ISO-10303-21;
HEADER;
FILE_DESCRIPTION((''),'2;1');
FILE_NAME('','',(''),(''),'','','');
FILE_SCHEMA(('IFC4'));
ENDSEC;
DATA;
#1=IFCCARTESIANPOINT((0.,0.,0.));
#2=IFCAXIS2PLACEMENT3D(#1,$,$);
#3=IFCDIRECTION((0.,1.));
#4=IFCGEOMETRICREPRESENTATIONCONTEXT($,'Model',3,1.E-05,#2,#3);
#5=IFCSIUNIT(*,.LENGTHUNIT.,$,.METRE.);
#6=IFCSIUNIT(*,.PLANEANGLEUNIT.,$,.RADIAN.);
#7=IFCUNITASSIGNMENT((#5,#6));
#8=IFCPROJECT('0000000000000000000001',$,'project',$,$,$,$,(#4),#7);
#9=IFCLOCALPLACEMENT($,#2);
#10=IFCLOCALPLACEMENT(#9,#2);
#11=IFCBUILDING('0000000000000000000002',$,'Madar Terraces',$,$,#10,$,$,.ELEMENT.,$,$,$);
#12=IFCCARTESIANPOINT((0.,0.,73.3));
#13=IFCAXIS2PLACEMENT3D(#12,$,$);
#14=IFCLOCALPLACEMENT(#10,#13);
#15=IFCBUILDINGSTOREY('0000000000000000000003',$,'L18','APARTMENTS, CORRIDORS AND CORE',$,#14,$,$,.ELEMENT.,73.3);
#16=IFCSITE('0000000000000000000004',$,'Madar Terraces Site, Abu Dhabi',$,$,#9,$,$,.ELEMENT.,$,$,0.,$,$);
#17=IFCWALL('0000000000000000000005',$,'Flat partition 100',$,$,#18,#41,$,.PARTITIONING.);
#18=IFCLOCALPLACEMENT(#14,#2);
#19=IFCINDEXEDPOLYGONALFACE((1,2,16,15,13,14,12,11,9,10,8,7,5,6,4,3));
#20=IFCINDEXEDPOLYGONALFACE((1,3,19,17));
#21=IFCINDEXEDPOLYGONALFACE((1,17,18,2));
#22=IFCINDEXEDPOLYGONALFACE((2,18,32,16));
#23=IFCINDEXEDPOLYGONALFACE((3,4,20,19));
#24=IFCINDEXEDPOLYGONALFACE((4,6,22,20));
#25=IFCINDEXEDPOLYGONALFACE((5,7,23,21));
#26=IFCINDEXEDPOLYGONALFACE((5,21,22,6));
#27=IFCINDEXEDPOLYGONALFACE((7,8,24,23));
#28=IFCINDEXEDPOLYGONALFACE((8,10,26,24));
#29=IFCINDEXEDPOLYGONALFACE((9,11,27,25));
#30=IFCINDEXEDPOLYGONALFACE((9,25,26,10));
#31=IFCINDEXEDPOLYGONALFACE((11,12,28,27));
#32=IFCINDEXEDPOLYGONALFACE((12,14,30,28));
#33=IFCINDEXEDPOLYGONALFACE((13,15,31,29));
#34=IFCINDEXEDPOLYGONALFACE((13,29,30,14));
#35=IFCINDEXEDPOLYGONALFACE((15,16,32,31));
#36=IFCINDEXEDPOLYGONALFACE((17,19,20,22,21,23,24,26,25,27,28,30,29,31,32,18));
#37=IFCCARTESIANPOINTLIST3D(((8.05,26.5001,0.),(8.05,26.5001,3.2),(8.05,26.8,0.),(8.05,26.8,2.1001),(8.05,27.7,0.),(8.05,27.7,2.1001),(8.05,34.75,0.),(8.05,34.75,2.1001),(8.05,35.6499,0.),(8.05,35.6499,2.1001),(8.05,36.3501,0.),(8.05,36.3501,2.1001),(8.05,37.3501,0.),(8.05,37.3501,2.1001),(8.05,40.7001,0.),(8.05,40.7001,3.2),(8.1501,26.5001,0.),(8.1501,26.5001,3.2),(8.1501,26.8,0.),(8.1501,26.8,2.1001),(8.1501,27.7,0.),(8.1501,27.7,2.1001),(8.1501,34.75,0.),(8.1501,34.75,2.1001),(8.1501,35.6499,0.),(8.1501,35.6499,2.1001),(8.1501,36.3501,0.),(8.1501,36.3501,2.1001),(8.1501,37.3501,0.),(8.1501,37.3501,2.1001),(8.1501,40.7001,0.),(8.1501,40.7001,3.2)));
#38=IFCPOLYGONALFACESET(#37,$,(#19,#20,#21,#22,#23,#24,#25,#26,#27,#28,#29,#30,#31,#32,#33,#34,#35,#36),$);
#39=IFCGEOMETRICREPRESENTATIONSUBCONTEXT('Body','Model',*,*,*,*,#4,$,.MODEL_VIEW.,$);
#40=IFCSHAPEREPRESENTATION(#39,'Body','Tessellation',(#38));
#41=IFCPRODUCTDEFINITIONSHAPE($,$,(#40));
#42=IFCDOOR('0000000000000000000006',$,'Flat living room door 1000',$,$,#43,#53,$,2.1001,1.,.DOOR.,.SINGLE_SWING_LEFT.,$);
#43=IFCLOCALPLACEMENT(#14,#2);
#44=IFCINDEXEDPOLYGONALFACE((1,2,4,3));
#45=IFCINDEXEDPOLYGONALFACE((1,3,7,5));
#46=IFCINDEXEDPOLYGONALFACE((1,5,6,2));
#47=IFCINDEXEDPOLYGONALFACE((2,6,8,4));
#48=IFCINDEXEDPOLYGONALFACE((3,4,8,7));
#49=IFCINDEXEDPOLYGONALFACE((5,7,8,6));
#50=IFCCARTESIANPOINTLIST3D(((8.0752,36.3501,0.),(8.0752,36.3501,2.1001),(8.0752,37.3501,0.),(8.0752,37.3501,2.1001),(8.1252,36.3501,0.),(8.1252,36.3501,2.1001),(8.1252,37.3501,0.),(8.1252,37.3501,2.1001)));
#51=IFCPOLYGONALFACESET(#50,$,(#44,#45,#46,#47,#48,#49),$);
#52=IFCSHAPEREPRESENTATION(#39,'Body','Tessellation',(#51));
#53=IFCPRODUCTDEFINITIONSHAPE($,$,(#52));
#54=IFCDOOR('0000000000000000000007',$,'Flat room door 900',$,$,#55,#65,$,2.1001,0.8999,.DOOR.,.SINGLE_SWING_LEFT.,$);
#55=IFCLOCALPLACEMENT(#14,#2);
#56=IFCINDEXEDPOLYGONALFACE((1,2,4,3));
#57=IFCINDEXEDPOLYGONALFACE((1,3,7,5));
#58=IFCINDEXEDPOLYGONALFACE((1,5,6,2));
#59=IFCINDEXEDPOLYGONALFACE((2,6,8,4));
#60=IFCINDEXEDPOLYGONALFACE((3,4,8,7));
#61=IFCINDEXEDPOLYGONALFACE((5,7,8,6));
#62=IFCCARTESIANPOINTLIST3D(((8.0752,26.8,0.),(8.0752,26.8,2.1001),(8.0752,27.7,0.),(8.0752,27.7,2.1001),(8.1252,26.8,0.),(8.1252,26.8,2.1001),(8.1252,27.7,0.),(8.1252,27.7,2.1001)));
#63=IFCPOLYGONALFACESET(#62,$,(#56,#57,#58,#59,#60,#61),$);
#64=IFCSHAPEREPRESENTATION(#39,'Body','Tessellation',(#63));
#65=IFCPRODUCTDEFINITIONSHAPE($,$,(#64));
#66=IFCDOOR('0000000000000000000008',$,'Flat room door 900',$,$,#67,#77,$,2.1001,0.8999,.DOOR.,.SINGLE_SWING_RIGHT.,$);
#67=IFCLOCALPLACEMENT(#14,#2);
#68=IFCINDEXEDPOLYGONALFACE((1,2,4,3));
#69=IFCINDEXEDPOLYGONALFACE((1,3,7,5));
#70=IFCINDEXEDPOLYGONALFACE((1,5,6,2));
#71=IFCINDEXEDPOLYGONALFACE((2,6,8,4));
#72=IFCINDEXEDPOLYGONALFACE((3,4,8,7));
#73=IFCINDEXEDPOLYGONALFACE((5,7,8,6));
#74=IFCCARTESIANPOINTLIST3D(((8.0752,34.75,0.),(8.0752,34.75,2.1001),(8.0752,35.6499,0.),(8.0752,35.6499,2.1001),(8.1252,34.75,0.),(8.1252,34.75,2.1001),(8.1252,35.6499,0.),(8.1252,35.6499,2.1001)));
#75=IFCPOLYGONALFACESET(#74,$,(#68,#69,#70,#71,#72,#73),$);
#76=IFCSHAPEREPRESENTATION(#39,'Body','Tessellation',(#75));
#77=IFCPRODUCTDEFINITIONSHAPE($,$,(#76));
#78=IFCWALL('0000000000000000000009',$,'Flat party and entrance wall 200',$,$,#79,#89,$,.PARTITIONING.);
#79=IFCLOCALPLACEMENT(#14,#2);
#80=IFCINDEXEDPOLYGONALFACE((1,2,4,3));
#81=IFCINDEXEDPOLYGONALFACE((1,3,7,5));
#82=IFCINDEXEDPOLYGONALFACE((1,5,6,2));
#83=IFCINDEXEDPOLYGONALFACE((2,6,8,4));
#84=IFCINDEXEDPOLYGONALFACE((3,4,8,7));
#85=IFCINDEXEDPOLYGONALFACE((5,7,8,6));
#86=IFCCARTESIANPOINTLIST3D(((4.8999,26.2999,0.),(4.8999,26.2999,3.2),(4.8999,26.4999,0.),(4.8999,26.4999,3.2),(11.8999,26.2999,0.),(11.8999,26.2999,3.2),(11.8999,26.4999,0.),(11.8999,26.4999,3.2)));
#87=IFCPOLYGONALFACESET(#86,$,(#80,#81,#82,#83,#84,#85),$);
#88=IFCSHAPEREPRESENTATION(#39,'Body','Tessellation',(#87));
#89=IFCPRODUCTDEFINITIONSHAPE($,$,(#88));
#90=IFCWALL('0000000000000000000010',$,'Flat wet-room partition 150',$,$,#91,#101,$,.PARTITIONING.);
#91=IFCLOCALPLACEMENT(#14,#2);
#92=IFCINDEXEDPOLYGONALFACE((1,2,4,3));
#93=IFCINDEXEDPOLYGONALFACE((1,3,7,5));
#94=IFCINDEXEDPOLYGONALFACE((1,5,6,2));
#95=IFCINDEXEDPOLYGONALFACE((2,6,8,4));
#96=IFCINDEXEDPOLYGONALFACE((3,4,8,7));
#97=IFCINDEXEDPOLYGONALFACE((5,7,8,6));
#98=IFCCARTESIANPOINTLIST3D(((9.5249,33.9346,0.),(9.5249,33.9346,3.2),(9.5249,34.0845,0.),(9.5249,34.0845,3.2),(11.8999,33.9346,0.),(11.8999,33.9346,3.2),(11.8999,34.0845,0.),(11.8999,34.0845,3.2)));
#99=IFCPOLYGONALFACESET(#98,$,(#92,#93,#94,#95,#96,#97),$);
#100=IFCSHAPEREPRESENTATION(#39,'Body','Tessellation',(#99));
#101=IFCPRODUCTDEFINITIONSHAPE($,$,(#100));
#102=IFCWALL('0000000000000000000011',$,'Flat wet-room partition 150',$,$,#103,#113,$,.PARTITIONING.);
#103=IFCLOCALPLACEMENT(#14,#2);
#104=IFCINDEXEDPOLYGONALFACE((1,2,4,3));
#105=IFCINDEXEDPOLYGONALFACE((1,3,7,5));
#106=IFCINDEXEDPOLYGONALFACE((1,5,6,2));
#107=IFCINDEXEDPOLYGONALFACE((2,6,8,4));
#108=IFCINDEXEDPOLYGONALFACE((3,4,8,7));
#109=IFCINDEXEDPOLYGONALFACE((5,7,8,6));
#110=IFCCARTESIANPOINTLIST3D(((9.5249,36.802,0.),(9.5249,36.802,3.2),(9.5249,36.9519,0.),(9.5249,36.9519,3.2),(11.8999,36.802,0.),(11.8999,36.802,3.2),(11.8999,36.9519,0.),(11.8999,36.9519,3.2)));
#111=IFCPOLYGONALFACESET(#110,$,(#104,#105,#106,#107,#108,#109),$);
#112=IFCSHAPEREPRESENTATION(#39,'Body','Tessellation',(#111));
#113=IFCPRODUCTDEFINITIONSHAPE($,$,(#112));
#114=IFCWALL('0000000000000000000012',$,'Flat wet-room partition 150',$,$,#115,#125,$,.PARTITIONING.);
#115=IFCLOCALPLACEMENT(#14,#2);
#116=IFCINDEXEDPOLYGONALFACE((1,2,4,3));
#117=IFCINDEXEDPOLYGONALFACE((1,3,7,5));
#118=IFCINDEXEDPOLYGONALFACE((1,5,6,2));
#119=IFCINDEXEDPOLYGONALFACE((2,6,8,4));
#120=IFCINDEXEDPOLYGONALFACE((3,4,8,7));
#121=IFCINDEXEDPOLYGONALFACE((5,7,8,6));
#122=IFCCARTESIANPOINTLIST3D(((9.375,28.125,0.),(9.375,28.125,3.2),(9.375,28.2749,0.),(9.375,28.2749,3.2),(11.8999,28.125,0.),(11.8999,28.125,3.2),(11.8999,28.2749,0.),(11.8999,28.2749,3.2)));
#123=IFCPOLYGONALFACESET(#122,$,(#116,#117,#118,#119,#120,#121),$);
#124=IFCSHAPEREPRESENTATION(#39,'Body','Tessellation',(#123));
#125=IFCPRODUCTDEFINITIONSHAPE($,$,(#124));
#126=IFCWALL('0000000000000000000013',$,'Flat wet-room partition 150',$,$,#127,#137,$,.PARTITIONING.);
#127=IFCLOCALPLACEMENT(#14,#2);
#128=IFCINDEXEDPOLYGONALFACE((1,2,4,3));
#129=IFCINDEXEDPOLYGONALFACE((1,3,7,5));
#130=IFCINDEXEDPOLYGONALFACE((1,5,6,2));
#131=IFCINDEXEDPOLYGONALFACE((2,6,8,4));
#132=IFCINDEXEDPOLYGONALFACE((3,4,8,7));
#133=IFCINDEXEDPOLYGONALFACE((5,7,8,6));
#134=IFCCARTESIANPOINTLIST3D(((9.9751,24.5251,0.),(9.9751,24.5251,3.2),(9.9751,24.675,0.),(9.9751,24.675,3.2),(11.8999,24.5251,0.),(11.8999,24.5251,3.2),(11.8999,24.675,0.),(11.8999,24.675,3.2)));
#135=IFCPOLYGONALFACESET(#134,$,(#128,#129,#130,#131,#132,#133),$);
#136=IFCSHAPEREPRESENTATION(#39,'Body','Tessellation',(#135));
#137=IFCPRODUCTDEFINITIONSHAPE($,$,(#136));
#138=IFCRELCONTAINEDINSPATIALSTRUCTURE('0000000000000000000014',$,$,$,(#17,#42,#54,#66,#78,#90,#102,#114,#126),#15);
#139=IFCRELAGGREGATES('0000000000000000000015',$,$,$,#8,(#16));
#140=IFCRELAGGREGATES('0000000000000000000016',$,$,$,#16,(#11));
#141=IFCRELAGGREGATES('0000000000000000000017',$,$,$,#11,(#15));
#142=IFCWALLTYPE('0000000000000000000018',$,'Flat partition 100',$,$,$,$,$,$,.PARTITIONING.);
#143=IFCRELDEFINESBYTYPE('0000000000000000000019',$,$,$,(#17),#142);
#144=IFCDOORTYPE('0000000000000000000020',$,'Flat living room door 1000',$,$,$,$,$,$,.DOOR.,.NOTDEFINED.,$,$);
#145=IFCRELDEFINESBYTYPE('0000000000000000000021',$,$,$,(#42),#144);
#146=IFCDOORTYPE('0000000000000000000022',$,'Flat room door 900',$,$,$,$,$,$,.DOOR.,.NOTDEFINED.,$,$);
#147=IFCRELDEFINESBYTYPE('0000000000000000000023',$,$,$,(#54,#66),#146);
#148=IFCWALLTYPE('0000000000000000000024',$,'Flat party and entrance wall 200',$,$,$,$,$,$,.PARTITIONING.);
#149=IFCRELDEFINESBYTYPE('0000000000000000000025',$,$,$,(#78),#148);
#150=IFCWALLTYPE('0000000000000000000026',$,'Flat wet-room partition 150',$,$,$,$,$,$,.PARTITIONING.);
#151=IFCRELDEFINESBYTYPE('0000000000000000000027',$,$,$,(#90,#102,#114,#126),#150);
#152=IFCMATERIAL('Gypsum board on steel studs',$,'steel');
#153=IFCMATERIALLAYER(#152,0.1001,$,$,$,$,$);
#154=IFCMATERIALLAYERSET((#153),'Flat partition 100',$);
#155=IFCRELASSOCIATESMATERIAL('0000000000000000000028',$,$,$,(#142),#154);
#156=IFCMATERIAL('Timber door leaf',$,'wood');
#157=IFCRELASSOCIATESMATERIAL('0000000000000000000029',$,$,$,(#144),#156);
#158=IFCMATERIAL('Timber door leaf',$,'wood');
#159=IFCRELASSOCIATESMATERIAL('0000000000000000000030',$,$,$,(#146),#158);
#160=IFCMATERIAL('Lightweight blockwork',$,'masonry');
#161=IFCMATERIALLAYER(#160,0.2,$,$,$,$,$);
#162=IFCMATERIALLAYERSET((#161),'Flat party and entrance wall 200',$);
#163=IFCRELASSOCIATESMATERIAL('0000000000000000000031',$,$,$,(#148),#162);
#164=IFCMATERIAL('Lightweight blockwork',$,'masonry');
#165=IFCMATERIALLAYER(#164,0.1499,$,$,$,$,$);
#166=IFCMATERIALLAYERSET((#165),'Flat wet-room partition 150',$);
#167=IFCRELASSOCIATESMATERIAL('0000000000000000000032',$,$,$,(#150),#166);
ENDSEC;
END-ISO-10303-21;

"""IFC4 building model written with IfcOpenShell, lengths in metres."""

from ifc_helpers import new_model, si_unit, direction, frame, frame_2d, origin, place, context, subcontext, project, spatial, rectangle, extrude, material, layer, layer_set, type_object, element, fill, save


model = new_model("IFC4")

# Units and contexts
model_context = context("Model", 3, precision=1e-05, world=origin(), true_north=direction((0.0, 1.0)))
body_context = subcontext(model_context, "Body", "Model", "MODEL_VIEW")
ifc_project = project(units=[si_unit("LENGTHUNIT", "METRE"), si_unit("PLANEANGLEUNIT", "RADIAN")], contexts=[model_context])

# Site, building, storey
site_placement = place(None, origin())
site = spatial("IfcSite", under=ifc_project, at=site_placement, Name="Madar Terraces Site, Abu Dhabi", CompositionType="ELEMENT", RefElevation=0.0)
building_placement = place(site_placement, origin())
building = spatial("IfcBuilding", under=site, at=building_placement, Name="Madar Terraces", CompositionType="ELEMENT")
storey_placement = place(building_placement, frame((0.0, 0.0, 73.3)))
storey = spatial("IfcBuildingStorey", under=building, at=storey_placement, Name="L18", Description="APARTMENTS, CORRIDORS AND CORE", CompositionType="ELEMENT", Elevation=73.3)

# Shared definitions
ifc_material_1 = material(Name="Gypsum board on steel studs", Category="steel")
ifc_layer_1 = layer(ifc_material_1, 0.1001)
ifc_layer_set_1 = layer_set([ifc_layer_1], Name="Flat partition 100")
wall_type_1 = type_object("IfcWallType", Name="Flat partition 100", PredefinedType="PARTITIONING", material=ifc_layer_set_1)

# Wall, openings, doors
wall_1_placement = place(storey_placement, frame((8.1001, 26.5, 0.0), z_axis=(0.0, 0.0, 1.0), x_axis=(0.0, 1.0, 0.0)))
wall_1 = element("IfcWall", 1, at=wall_1_placement, inside=storey, type_object=wall_type_1, Name="Flat partition 100", PredefinedType="PARTITIONING", context=body_context, shape_type="SweptSolid", body=[
    extrude(rectangle(XDim=14.2, YDim=0.1001, at=frame_2d((7.1001, 0.0))), origin(), (0.0, 0.0, 1.0), 3.2),
])
opening_1_placement = place(wall_1_placement, frame((0.3, 0.0, 0.0)))
opening_1 = element("IfcOpeningElement", 2, at=opening_1_placement, cuts=wall_1, PredefinedType="OPENING", context=body_context, shape_type="SweptSolid", body=[
    extrude(rectangle(XDim=0.8999, YDim=2.1001, at=frame_2d((0.45, 1.05))), frame((0.0, 0.0601, 0.0), z_axis=(0.0, -1.0, 0.0), x_axis=(1.0, 0.0, 0.0)), (0.0, 0.0, 1.0), 0.1201),
])
opening_2_placement = place(wall_1_placement, frame((8.25, 0.0, 0.0)))
opening_2 = element("IfcOpeningElement", 3, at=opening_2_placement, cuts=wall_1, PredefinedType="OPENING", context=body_context, shape_type="SweptSolid", body=[
    extrude(rectangle(XDim=0.8999, YDim=2.1001, at=frame_2d((0.45, 1.05))), frame((0.0, 0.0601, 0.0), z_axis=(0.0, -1.0, 0.0), x_axis=(1.0, 0.0, 0.0)), (0.0, 0.0, 1.0), 0.1201),
])
opening_3_placement = place(wall_1_placement, frame((9.8501, 0.0, 0.0)))
opening_3 = element("IfcOpeningElement", 4, at=opening_3_placement, cuts=wall_1, PredefinedType="OPENING", context=body_context, shape_type="SweptSolid", body=[
    extrude(rectangle(XDim=1.0, YDim=2.1001, at=frame_2d((0.5, 1.05))), frame((0.0, 0.0601, 0.0), z_axis=(0.0, -1.0, 0.0), x_axis=(1.0, 0.0, 0.0)), (0.0, 0.0, 1.0), 0.1201),
])
ifc_material_2 = material(Name="Timber door leaf", Category="wood")
door_type_1 = type_object("IfcDoorType", Name="Flat living room door 1000", OperationType="NOTDEFINED", PredefinedType="DOOR", material=ifc_material_2)
door_1_placement = place(opening_3_placement, origin())
door_1 = element("IfcDoor", 5, at=door_1_placement, inside=storey, type_object=door_type_1, Name="Flat living room door 1000", OperationType="SINGLE_SWING_LEFT", OverallHeight=2.1001, OverallWidth=1.0, PredefinedType="DOOR", context=body_context, shape_type="SweptSolid", body=[
    extrude(rectangle(XDim=1.0, YDim=2.1001, at=frame_2d((0.5, 1.05))), frame((0.0, 0.0249, 0.0), z_axis=(0.0, -1.0, 0.0), x_axis=(1.0, 0.0, 0.0)), (0.0, 0.0, 1.0), 0.05),
])
fill(opening_3, door_1)
ifc_material_3 = material(Name="Timber door leaf", Category="wood")
door_type_2 = type_object("IfcDoorType", Name="Flat room door 900", OperationType="NOTDEFINED", PredefinedType="DOOR", material=ifc_material_3)
door_2_placement = place(opening_1_placement, origin())
door_2 = element("IfcDoor", 6, at=door_2_placement, inside=storey, type_object=door_type_2, Name="Flat room door 900", OperationType="SINGLE_SWING_LEFT", OverallHeight=2.1001, OverallWidth=0.8999, PredefinedType="DOOR", context=body_context, shape_type="SweptSolid", body=[
    extrude(rectangle(XDim=0.8999, YDim=2.1001, at=frame_2d((0.45, 1.05))), frame((0.0, 0.0249, 0.0), z_axis=(0.0, -1.0, 0.0), x_axis=(1.0, 0.0, 0.0)), (0.0, 0.0, 1.0), 0.05),
])
fill(opening_1, door_2)
door_3_placement = place(opening_2_placement, origin())
door_3 = element("IfcDoor", 7, at=door_3_placement, inside=storey, type_object=door_type_2, Name="Flat room door 900", OperationType="SINGLE_SWING_RIGHT", OverallHeight=2.1001, OverallWidth=0.8999, PredefinedType="DOOR", context=body_context, shape_type="SweptSolid", body=[
    extrude(rectangle(XDim=0.8999, YDim=2.1001, at=frame_2d((0.45, 1.05))), frame((0.0, 0.0249, 0.0), z_axis=(0.0, -1.0, 0.0), x_axis=(1.0, 0.0, 0.0)), (0.0, 0.0, 1.0), 0.05),
])
fill(opening_2, door_3)

# Walls
ifc_material_4 = material(Name="Lightweight blockwork", Category="masonry")
ifc_layer_2 = layer(ifc_material_4, 0.2)
ifc_layer_set_2 = layer_set([ifc_layer_2], Name="Flat party and entrance wall 200")
wall_type_2 = type_object("IfcWallType", Name="Flat party and entrance wall 200", PredefinedType="PARTITIONING", material=ifc_layer_set_2)
wall_2_placement = place(storey_placement, frame((4.8999, 26.3999, 0.0), z_axis=(0.0, 0.0, 1.0), x_axis=(1.0, 0.0, 0.0)))
element("IfcWall", 8, at=wall_2_placement, inside=storey, type_object=wall_type_2, Name="Flat party and entrance wall 200", PredefinedType="PARTITIONING", context=body_context, shape_type="SweptSolid", body=[
    extrude(rectangle(XDim=7.0, YDim=0.2, at=frame_2d((3.5, 0.0))), origin(), (0.0, 0.0, 1.0), 3.2),
])
ifc_material_5 = material(Name="Lightweight blockwork", Category="masonry")
ifc_layer_3 = layer(ifc_material_5, 0.1499)
ifc_layer_set_3 = layer_set([ifc_layer_3], Name="Flat wet-room partition 150")
wall_type_3 = type_object("IfcWallType", Name="Flat wet-room partition 150", PredefinedType="PARTITIONING", material=ifc_layer_set_3)
for number, where, z_axis, x_axis, name in (
    (9, (11.8999, 34.0095, 0.0), (0.0, 0.0, 1.0), (-1.0, 0.0, 0.0), "Flat wet-room partition 150"),
    (10, (11.8999, 36.877, 0.0), (0.0, 0.0, 1.0), (-1.0, 0.0, 0.0), "Flat wet-room partition 150"),
):
    element("IfcWall", number, at=place(storey_placement, frame(where, z_axis=z_axis, x_axis=x_axis)), inside=storey, type_object=wall_type_3, Name=name, PredefinedType="PARTITIONING", context=body_context, shape_type="SweptSolid", body=[
        extrude(rectangle(XDim=2.375, YDim=0.1499, at=frame_2d((1.1875, 0.0))), origin(), (0.0, 0.0, 1.0), 3.2),
    ])
wall_3_placement = place(storey_placement, frame((11.8999, 28.2, 0.0), z_axis=(0.0, 0.0, 1.0), x_axis=(-1.0, 0.0, 0.0)))
element("IfcWall", 11, at=wall_3_placement, inside=storey, type_object=wall_type_3, Name="Flat wet-room partition 150", PredefinedType="PARTITIONING", context=body_context, shape_type="SweptSolid", body=[
    extrude(rectangle(XDim=2.5249, YDim=0.1499, at=frame_2d((1.2625, 0.0))), origin(), (0.0, 0.0, 1.0), 3.2),
])
wall_4_placement = place(storey_placement, frame((11.8999, 24.6001, 0.0), z_axis=(0.0, 0.0, 1.0), x_axis=(-1.0, 0.0, 0.0)))
element("IfcWall", 12, at=wall_4_placement, inside=storey, type_object=wall_type_3, Name="Flat wet-room partition 150", PredefinedType="PARTITIONING", context=body_context, shape_type="SweptSolid", body=[
    extrude(rectangle(XDim=1.9248, YDim=0.1499, at=frame_2d((0.9624, 0.0))), origin(), (0.0, 0.0, 1.0), 3.2),
])

save(model, "model.ifc")
